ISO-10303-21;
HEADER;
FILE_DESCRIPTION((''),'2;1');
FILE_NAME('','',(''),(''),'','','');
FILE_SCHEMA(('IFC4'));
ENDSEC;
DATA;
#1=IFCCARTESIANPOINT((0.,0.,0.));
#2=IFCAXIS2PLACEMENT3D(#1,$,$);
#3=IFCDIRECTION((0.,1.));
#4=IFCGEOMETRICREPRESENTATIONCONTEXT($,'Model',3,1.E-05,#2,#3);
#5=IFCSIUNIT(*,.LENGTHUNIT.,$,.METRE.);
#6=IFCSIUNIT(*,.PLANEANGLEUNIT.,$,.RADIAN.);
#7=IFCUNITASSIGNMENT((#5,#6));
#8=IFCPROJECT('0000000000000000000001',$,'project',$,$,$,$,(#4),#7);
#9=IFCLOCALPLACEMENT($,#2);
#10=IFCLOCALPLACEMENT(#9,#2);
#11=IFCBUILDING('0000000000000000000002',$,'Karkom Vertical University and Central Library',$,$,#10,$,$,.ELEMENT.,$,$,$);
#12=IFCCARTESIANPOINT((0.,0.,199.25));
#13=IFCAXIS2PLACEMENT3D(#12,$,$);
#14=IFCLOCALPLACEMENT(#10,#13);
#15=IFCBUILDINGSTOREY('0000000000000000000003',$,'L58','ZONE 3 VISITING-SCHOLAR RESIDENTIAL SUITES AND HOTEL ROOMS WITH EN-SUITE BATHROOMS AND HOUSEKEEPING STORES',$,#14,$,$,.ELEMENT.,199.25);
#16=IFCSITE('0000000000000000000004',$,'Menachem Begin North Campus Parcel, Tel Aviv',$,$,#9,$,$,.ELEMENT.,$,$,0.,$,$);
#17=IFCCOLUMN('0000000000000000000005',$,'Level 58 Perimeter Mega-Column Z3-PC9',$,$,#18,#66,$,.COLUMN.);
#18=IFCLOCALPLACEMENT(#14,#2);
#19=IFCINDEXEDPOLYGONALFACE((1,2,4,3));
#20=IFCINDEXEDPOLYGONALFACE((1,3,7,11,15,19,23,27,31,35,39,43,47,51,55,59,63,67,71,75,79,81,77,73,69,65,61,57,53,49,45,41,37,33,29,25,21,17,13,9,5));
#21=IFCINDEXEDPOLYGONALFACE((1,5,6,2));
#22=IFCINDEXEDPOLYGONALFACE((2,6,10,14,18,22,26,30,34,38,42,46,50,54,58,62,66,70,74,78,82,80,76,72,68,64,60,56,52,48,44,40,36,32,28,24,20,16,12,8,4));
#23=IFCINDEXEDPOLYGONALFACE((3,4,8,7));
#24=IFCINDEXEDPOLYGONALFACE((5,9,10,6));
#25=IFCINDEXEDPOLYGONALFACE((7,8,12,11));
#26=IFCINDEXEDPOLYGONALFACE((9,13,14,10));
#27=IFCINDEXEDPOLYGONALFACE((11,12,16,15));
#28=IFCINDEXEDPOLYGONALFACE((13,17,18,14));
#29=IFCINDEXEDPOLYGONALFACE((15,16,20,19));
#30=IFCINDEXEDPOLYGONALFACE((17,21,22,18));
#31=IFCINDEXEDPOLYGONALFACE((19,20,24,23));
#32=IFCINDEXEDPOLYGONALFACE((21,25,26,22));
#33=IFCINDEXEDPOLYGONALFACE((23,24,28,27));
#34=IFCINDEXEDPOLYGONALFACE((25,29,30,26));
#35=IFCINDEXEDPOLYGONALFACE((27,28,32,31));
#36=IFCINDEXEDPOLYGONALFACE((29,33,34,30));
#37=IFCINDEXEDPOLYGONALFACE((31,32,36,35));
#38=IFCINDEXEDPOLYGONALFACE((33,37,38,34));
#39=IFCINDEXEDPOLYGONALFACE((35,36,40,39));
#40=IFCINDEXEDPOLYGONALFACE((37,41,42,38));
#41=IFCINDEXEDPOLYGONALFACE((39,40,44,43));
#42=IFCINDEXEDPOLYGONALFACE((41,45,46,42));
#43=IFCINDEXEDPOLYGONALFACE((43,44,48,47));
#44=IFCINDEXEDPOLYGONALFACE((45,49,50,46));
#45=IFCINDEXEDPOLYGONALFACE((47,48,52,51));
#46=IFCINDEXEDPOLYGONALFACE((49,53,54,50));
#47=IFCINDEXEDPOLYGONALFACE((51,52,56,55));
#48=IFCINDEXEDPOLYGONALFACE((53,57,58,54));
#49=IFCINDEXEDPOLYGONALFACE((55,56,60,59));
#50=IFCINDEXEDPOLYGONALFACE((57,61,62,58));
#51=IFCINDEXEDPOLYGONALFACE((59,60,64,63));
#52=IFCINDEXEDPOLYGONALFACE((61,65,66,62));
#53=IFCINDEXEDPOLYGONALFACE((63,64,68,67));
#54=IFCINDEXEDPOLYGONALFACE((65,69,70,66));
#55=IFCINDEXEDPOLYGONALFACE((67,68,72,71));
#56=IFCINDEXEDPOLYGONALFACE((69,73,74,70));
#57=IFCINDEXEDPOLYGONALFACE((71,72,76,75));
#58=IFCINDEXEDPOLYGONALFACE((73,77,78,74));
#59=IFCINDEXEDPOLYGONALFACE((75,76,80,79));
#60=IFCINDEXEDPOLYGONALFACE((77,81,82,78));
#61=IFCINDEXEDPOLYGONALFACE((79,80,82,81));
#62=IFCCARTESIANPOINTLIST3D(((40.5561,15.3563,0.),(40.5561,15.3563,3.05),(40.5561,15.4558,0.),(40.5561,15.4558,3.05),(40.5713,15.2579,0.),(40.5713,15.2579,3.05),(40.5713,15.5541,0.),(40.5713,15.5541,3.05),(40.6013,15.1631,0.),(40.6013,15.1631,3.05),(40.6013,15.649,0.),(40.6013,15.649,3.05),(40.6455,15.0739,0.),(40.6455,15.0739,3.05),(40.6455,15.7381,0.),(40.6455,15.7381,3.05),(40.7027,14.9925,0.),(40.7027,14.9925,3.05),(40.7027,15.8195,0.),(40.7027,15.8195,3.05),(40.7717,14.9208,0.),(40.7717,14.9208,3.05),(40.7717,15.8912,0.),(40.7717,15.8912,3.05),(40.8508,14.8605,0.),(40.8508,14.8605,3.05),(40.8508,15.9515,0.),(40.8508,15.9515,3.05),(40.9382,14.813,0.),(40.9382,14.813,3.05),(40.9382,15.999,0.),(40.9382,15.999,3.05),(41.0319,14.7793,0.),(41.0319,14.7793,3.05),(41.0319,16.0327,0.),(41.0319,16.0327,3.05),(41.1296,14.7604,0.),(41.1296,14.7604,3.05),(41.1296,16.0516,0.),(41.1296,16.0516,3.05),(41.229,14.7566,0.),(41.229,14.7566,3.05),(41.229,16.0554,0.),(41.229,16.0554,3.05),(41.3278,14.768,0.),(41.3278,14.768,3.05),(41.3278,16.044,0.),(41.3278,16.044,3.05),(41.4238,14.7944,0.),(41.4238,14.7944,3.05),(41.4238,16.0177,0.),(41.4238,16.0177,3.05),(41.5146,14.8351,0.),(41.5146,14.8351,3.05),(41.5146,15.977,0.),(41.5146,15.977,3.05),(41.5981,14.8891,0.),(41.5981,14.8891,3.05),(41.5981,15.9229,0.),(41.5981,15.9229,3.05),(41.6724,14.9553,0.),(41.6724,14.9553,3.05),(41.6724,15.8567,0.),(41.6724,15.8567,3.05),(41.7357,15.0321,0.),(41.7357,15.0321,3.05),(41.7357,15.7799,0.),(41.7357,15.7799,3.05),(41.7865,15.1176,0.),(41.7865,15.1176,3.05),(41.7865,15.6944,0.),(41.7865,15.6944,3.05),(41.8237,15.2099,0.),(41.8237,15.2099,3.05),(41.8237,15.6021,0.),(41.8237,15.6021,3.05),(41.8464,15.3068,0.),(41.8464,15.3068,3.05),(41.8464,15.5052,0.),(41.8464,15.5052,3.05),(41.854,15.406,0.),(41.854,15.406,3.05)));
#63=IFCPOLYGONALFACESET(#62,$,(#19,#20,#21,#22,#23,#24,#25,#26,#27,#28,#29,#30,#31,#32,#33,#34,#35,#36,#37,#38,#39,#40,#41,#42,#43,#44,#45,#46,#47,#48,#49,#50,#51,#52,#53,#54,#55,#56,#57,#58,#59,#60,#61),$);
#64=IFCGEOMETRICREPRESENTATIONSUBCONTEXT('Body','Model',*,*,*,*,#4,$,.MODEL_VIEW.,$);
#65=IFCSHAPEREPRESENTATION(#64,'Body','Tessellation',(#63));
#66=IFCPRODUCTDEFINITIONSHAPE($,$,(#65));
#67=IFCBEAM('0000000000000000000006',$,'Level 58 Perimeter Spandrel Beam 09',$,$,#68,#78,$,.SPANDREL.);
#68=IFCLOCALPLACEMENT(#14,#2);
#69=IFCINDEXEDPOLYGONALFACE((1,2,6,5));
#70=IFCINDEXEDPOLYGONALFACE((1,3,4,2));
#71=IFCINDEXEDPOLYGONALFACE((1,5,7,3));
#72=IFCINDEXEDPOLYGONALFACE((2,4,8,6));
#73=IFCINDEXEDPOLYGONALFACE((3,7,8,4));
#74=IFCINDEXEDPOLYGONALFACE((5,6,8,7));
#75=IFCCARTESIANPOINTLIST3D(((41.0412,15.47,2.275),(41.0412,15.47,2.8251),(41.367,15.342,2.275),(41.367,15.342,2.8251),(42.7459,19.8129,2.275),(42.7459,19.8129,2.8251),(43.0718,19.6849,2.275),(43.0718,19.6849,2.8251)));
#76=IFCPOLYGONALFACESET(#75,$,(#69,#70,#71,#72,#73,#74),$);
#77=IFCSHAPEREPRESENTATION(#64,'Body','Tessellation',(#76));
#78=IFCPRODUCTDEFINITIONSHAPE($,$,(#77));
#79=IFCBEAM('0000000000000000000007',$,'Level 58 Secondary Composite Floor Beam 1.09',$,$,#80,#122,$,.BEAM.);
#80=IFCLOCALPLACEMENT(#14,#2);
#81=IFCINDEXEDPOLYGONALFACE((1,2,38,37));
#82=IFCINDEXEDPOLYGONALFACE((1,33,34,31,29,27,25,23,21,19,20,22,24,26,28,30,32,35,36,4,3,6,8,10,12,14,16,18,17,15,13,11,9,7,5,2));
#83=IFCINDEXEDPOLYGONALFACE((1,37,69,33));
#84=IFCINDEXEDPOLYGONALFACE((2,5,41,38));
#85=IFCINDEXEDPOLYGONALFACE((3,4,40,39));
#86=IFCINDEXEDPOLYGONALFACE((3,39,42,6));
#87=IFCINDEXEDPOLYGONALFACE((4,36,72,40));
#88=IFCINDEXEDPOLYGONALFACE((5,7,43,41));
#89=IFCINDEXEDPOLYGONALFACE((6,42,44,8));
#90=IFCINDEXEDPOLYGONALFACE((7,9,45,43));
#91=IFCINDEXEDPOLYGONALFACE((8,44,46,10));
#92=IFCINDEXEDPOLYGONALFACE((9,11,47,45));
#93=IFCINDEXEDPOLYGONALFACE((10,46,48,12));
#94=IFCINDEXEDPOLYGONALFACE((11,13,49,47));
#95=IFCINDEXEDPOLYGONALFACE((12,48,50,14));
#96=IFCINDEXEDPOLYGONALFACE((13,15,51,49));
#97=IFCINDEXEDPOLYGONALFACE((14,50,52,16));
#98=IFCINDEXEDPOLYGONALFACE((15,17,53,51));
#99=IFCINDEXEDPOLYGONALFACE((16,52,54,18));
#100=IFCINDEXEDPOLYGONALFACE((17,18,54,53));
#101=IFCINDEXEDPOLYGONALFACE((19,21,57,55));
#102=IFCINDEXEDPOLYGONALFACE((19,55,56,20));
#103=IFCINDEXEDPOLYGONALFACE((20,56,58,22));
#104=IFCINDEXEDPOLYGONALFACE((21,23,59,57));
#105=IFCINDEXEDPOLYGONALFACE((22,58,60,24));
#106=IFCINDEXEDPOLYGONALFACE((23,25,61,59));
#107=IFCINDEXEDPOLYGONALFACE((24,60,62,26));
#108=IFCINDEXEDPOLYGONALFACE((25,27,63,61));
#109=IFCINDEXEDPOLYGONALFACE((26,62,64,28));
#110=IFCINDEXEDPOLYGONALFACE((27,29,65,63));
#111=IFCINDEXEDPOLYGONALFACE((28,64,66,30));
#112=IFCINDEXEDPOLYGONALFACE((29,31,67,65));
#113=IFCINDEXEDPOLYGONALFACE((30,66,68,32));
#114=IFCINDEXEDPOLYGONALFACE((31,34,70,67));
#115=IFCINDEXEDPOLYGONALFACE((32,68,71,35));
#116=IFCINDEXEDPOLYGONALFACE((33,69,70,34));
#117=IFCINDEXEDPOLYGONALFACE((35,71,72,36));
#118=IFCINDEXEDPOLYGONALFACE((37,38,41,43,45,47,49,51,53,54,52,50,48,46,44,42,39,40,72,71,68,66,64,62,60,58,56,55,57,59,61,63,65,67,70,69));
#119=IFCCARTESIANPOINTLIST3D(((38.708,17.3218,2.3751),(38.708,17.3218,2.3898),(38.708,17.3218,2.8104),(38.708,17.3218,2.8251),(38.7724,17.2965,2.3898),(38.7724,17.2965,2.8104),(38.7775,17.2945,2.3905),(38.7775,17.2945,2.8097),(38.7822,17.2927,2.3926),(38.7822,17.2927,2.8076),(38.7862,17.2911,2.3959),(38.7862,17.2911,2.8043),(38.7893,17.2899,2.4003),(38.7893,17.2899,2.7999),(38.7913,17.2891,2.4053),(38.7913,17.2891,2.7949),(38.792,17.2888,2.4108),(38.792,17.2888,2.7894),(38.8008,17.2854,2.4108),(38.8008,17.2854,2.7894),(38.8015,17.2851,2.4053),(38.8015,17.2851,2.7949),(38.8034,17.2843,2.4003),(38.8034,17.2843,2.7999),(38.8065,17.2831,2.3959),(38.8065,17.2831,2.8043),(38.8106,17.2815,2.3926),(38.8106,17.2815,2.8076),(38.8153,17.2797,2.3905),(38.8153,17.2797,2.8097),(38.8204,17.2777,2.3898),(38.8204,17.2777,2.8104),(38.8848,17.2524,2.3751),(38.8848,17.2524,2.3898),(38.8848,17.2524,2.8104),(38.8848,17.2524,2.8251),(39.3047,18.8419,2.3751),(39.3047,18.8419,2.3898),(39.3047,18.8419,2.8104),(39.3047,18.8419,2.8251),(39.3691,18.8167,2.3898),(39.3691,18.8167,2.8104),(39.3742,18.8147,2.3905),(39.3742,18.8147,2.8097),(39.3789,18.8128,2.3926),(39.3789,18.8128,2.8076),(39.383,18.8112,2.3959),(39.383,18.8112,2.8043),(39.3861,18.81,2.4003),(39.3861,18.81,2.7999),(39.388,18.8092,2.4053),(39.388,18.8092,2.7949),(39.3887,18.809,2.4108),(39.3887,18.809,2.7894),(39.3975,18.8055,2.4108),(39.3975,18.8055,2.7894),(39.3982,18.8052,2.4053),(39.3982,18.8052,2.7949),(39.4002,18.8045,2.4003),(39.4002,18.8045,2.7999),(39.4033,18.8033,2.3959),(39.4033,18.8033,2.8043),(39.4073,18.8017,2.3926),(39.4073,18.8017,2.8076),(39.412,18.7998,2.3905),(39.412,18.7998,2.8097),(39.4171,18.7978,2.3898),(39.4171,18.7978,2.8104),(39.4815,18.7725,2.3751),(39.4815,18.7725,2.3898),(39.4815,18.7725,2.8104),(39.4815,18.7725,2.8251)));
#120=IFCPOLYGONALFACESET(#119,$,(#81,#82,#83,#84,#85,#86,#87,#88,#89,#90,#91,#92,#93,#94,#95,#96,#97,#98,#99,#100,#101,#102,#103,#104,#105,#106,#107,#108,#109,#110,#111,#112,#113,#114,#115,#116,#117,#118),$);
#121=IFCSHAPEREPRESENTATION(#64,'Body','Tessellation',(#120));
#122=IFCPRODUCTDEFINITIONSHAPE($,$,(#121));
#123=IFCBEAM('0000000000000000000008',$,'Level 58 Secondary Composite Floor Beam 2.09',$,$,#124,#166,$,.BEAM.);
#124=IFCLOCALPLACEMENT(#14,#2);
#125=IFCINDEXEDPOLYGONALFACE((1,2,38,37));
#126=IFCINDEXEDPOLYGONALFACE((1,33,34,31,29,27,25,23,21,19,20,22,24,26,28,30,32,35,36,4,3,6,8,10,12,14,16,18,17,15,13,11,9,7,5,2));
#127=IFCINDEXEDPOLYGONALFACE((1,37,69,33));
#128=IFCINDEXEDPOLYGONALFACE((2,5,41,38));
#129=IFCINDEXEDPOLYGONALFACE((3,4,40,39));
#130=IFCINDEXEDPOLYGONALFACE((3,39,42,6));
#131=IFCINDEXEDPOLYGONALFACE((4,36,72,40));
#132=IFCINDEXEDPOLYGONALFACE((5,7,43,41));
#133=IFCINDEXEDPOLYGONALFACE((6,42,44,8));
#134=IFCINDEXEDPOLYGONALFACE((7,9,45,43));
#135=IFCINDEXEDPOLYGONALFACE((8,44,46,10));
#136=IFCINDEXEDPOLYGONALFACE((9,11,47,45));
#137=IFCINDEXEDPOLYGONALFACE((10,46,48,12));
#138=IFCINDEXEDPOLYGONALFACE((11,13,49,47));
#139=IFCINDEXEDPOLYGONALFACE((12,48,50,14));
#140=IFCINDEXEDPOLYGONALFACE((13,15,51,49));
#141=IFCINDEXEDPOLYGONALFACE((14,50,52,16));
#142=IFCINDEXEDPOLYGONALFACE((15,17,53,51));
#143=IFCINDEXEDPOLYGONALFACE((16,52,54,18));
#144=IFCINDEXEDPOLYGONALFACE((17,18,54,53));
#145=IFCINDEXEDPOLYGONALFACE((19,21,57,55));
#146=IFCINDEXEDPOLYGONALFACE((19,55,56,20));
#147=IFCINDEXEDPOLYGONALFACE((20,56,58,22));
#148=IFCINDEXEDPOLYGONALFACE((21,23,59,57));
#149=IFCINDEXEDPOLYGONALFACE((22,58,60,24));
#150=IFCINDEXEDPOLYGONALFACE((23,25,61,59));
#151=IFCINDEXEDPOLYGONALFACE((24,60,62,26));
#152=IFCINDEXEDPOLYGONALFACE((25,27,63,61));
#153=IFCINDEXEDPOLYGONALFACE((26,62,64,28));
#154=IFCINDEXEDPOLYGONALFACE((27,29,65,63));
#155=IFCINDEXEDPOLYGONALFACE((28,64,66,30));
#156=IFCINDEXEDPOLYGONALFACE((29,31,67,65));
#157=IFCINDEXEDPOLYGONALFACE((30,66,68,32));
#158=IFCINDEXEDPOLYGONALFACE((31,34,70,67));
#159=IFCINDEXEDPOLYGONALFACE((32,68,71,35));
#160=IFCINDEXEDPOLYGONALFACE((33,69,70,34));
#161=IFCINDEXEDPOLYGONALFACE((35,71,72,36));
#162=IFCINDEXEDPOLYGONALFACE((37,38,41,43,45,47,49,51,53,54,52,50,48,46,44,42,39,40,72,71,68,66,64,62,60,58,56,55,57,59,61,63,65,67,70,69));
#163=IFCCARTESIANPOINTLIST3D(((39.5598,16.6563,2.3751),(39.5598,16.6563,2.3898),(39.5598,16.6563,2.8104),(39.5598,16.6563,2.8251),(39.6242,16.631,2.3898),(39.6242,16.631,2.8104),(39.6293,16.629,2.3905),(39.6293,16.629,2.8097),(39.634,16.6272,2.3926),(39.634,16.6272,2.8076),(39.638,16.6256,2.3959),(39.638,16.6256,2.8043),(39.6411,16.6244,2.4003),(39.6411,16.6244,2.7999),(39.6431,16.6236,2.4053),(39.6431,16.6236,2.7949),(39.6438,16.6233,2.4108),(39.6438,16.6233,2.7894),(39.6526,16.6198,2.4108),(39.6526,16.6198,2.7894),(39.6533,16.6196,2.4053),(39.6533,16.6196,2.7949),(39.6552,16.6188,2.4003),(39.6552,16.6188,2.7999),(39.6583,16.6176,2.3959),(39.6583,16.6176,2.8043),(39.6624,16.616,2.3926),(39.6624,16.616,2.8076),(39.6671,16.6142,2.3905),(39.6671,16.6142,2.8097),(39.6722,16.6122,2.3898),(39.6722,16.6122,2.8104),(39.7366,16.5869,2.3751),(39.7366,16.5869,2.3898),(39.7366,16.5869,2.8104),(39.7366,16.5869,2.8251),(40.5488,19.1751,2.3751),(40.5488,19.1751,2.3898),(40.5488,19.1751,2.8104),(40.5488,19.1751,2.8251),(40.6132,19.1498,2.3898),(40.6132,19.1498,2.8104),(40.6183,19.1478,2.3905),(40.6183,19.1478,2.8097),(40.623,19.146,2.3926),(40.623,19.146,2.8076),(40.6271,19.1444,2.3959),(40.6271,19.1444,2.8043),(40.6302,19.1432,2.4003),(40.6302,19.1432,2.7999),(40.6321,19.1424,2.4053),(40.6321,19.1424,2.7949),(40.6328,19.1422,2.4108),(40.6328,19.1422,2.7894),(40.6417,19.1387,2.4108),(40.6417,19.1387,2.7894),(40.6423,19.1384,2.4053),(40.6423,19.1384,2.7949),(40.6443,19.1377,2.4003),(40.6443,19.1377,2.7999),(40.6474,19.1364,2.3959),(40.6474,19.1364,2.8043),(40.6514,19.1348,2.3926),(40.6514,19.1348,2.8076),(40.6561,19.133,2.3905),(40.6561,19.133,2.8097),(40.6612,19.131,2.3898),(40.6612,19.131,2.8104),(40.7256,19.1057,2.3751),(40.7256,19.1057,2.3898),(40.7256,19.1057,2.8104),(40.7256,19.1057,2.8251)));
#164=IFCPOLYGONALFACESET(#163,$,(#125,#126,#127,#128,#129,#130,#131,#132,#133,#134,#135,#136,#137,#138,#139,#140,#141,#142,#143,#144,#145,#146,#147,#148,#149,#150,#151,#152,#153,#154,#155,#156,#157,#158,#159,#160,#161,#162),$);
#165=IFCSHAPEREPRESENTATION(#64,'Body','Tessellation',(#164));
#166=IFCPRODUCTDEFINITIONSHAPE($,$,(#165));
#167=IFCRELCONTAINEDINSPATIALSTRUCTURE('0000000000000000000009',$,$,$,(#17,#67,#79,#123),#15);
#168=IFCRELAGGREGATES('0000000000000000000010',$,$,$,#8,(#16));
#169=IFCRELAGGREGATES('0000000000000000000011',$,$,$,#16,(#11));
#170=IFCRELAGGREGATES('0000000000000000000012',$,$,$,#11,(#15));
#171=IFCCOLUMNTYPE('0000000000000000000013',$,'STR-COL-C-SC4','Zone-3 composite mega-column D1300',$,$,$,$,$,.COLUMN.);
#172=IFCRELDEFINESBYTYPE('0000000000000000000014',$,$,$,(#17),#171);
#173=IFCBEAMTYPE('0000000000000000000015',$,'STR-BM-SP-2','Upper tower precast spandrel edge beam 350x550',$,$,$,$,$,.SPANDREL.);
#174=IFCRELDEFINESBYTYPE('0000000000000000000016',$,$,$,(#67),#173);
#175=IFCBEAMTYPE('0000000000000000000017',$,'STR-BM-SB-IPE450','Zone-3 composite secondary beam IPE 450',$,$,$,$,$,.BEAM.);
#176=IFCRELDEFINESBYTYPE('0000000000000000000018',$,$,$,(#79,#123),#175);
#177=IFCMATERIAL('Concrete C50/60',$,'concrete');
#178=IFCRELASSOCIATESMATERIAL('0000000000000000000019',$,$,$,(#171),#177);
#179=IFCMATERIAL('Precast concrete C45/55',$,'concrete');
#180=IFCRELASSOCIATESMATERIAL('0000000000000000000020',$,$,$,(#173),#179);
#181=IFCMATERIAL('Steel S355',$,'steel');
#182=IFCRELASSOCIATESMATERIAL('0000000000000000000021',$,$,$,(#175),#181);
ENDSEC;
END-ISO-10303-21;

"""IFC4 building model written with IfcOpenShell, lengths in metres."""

from ifc_helpers import new_model, si_unit, direction, frame, origin, origin_with_axes, origin_2d, place, context, subcontext, project, spatial, rectangle, circle, i_section, extrude, source, transform, mapped, material, material_profile, profile_set, type_object, element, save


model = new_model("IFC4")

# Units and contexts
model_context = context("Model", 3, precision=1e-05, world=origin(), true_north=direction((0.0, 1.0)))
body_context = subcontext(model_context, "Body", "Model", "MODEL_VIEW")
ifc_project = project(units=[si_unit("LENGTHUNIT", "METRE"), si_unit("PLANEANGLEUNIT", "RADIAN")], contexts=[model_context])

# Site, building, storey
site_placement = place(None, origin())
site = spatial("IfcSite", under=ifc_project, at=site_placement, Name="Menachem Begin North Campus Parcel, Tel Aviv", CompositionType="ELEMENT", RefElevation=0.0)
building_placement = place(site_placement, origin())
building = spatial("IfcBuilding", under=site, at=building_placement, Name="Karkom Vertical University and Central Library", CompositionType="ELEMENT")
storey_placement = place(building_placement, frame((0.0, 0.0, 199.25)))
storey = spatial("IfcBuildingStorey", under=building, at=storey_placement, Name="L58", Description="ZONE 3 VISITING-SCHOLAR RESIDENTIAL SUITES AND HOTEL ROOMS WITH EN-SUITE BATHROOMS AND HOUSEKEEPING STORES", CompositionType="ELEMENT", Elevation=199.25)

# Column
ifc_material_1 = material(Name="Concrete C50/60", Category="concrete")
ifc_material_profile_1 = material_profile(ifc_material_1, circle(Radius=0.6499, at=origin_2d()), Name="CFT-D1300")
ifc_profile_set_1 = profile_set([ifc_material_profile_1], Name="Concrete C50/60")
column_type = type_object("IfcColumnType", Name="STR-COL-C-SC4", Description="Zone-3 composite mega-column D1300", PredefinedType="COLUMN", material=ifc_profile_set_1)
shared_shape_1 = source(origin_with_axes(), body_context, "Body", "SweptSolid", [
    extrude(circle(Radius=0.6499, at=origin_2d()), origin(), (0.0, 0.0, 1.0), 3.05),
])
column_placement = place(storey_placement, frame((41.2041, 15.406, 0.0), z_axis=(0.0, 0.0, 1.0), x_axis=(1.0, 0.0, 0.0)))
element("IfcColumn", 1, at=column_placement, inside=storey, type_object=column_type, Name="Level 58 Perimeter Mega-Column Z3-PC9", PredefinedType="COLUMN", context=body_context, shape_type="MappedRepresentation", body=[
    mapped(shared_shape_1, transform((0.0, 0.0, 0.0), scale=1.0)),
])

# Beams
ifc_material_2 = material(Name="Precast concrete C45/55", Category="concrete")
ifc_material_profile_2 = material_profile(ifc_material_2, rectangle(XDim=0.3501, YDim=0.55, at=origin_2d()), Name="SPB-350x550")
ifc_profile_set_2 = profile_set([ifc_material_profile_2], Name="Precast concrete C45/55")
beam_type_1 = type_object("IfcBeamType", Name="STR-BM-SP-2", Description="Upper tower precast spandrel edge beam 350x550", PredefinedType="SPANDREL", material=ifc_profile_set_2)
shared_shape_2 = source(origin_with_axes(), body_context, "Body", "SweptSolid", [
    extrude(rectangle(XDim=0.3501, YDim=0.55, at=origin_2d()), origin(), (0.0, 0.0, 1.0), 4.6655),
])
beam_1_placement = place(storey_placement, frame((41.2041, 15.406, 2.55), z_axis=(0.365401, 0.93085, 0.0), x_axis=(-0.93085, 0.365401, 0.0)))
element("IfcBeam", 2, at=beam_1_placement, inside=storey, type_object=beam_type_1, Name="Level 58 Perimeter Spandrel Beam 09", PredefinedType="SPANDREL", context=body_context, shape_type="MappedRepresentation", body=[
    mapped(shared_shape_2, transform((0.0, 0.0, 0.0), scale=1.0)),
])
ifc_material_3 = material(Name="Steel S355", Category="steel")
ifc_material_profile_3 = material_profile(ifc_material_3, i_section(OverallWidth=0.1899, OverallDepth=0.45, WebThickness=0.0095, FlangeThickness=0.0146, FilletRadius=0.021, at=origin_2d()), Name="IPE 450")
ifc_profile_set_3 = profile_set([ifc_material_profile_3], Name="Steel S355")
beam_type_2 = type_object("IfcBeamType", Name="STR-BM-SB-IPE450", Description="Zone-3 composite secondary beam IPE 450", PredefinedType="BEAM", material=ifc_profile_set_3)
shared_shape_3 = source(origin_with_axes(), body_context, "Body", "SweptSolid", [
    extrude(i_section(OverallWidth=0.1899, OverallDepth=0.45, WebThickness=0.0095, FlangeThickness=0.0146, FilletRadius=0.021, at=origin_2d()), origin(), (0.0, 0.0, 1.0), 1.6331),
])
beam_2_placement = place(storey_placement, frame((38.7964, 17.2871, 2.6001), z_axis=(0.365403, 0.93085, 0.0), x_axis=(-0.93085, 0.365403, 0.0)))
element("IfcBeam", 3, at=beam_2_placement, inside=storey, type_object=beam_type_2, Name="Level 58 Secondary Composite Floor Beam 1.09", PredefinedType="BEAM", context=body_context, shape_type="MappedRepresentation", body=[
    mapped(shared_shape_3, transform((0.0, 0.0, 0.0), scale=1.0)),
])
shared_shape_4 = source(origin_with_axes(), body_context, "Body", "SweptSolid", [
    extrude(i_section(OverallWidth=0.1899, OverallDepth=0.45, WebThickness=0.0095, FlangeThickness=0.0146, FilletRadius=0.021, at=origin_2d()), origin(), (0.0, 0.0, 1.0), 2.7061),
])
beam_3_placement = place(storey_placement, frame((39.6482, 16.6216, 2.6001), z_axis=(0.365488, 0.930816, 0.0), x_axis=(-0.930816, 0.365488, 0.0)))
element("IfcBeam", 4, at=beam_3_placement, inside=storey, type_object=beam_type_2, Name="Level 58 Secondary Composite Floor Beam 2.09", PredefinedType="BEAM", context=body_context, shape_type="MappedRepresentation", body=[
    mapped(shared_shape_4, transform((0.0, 0.0, 0.0), scale=1.0)),
])

save(model, "model.ifc")
